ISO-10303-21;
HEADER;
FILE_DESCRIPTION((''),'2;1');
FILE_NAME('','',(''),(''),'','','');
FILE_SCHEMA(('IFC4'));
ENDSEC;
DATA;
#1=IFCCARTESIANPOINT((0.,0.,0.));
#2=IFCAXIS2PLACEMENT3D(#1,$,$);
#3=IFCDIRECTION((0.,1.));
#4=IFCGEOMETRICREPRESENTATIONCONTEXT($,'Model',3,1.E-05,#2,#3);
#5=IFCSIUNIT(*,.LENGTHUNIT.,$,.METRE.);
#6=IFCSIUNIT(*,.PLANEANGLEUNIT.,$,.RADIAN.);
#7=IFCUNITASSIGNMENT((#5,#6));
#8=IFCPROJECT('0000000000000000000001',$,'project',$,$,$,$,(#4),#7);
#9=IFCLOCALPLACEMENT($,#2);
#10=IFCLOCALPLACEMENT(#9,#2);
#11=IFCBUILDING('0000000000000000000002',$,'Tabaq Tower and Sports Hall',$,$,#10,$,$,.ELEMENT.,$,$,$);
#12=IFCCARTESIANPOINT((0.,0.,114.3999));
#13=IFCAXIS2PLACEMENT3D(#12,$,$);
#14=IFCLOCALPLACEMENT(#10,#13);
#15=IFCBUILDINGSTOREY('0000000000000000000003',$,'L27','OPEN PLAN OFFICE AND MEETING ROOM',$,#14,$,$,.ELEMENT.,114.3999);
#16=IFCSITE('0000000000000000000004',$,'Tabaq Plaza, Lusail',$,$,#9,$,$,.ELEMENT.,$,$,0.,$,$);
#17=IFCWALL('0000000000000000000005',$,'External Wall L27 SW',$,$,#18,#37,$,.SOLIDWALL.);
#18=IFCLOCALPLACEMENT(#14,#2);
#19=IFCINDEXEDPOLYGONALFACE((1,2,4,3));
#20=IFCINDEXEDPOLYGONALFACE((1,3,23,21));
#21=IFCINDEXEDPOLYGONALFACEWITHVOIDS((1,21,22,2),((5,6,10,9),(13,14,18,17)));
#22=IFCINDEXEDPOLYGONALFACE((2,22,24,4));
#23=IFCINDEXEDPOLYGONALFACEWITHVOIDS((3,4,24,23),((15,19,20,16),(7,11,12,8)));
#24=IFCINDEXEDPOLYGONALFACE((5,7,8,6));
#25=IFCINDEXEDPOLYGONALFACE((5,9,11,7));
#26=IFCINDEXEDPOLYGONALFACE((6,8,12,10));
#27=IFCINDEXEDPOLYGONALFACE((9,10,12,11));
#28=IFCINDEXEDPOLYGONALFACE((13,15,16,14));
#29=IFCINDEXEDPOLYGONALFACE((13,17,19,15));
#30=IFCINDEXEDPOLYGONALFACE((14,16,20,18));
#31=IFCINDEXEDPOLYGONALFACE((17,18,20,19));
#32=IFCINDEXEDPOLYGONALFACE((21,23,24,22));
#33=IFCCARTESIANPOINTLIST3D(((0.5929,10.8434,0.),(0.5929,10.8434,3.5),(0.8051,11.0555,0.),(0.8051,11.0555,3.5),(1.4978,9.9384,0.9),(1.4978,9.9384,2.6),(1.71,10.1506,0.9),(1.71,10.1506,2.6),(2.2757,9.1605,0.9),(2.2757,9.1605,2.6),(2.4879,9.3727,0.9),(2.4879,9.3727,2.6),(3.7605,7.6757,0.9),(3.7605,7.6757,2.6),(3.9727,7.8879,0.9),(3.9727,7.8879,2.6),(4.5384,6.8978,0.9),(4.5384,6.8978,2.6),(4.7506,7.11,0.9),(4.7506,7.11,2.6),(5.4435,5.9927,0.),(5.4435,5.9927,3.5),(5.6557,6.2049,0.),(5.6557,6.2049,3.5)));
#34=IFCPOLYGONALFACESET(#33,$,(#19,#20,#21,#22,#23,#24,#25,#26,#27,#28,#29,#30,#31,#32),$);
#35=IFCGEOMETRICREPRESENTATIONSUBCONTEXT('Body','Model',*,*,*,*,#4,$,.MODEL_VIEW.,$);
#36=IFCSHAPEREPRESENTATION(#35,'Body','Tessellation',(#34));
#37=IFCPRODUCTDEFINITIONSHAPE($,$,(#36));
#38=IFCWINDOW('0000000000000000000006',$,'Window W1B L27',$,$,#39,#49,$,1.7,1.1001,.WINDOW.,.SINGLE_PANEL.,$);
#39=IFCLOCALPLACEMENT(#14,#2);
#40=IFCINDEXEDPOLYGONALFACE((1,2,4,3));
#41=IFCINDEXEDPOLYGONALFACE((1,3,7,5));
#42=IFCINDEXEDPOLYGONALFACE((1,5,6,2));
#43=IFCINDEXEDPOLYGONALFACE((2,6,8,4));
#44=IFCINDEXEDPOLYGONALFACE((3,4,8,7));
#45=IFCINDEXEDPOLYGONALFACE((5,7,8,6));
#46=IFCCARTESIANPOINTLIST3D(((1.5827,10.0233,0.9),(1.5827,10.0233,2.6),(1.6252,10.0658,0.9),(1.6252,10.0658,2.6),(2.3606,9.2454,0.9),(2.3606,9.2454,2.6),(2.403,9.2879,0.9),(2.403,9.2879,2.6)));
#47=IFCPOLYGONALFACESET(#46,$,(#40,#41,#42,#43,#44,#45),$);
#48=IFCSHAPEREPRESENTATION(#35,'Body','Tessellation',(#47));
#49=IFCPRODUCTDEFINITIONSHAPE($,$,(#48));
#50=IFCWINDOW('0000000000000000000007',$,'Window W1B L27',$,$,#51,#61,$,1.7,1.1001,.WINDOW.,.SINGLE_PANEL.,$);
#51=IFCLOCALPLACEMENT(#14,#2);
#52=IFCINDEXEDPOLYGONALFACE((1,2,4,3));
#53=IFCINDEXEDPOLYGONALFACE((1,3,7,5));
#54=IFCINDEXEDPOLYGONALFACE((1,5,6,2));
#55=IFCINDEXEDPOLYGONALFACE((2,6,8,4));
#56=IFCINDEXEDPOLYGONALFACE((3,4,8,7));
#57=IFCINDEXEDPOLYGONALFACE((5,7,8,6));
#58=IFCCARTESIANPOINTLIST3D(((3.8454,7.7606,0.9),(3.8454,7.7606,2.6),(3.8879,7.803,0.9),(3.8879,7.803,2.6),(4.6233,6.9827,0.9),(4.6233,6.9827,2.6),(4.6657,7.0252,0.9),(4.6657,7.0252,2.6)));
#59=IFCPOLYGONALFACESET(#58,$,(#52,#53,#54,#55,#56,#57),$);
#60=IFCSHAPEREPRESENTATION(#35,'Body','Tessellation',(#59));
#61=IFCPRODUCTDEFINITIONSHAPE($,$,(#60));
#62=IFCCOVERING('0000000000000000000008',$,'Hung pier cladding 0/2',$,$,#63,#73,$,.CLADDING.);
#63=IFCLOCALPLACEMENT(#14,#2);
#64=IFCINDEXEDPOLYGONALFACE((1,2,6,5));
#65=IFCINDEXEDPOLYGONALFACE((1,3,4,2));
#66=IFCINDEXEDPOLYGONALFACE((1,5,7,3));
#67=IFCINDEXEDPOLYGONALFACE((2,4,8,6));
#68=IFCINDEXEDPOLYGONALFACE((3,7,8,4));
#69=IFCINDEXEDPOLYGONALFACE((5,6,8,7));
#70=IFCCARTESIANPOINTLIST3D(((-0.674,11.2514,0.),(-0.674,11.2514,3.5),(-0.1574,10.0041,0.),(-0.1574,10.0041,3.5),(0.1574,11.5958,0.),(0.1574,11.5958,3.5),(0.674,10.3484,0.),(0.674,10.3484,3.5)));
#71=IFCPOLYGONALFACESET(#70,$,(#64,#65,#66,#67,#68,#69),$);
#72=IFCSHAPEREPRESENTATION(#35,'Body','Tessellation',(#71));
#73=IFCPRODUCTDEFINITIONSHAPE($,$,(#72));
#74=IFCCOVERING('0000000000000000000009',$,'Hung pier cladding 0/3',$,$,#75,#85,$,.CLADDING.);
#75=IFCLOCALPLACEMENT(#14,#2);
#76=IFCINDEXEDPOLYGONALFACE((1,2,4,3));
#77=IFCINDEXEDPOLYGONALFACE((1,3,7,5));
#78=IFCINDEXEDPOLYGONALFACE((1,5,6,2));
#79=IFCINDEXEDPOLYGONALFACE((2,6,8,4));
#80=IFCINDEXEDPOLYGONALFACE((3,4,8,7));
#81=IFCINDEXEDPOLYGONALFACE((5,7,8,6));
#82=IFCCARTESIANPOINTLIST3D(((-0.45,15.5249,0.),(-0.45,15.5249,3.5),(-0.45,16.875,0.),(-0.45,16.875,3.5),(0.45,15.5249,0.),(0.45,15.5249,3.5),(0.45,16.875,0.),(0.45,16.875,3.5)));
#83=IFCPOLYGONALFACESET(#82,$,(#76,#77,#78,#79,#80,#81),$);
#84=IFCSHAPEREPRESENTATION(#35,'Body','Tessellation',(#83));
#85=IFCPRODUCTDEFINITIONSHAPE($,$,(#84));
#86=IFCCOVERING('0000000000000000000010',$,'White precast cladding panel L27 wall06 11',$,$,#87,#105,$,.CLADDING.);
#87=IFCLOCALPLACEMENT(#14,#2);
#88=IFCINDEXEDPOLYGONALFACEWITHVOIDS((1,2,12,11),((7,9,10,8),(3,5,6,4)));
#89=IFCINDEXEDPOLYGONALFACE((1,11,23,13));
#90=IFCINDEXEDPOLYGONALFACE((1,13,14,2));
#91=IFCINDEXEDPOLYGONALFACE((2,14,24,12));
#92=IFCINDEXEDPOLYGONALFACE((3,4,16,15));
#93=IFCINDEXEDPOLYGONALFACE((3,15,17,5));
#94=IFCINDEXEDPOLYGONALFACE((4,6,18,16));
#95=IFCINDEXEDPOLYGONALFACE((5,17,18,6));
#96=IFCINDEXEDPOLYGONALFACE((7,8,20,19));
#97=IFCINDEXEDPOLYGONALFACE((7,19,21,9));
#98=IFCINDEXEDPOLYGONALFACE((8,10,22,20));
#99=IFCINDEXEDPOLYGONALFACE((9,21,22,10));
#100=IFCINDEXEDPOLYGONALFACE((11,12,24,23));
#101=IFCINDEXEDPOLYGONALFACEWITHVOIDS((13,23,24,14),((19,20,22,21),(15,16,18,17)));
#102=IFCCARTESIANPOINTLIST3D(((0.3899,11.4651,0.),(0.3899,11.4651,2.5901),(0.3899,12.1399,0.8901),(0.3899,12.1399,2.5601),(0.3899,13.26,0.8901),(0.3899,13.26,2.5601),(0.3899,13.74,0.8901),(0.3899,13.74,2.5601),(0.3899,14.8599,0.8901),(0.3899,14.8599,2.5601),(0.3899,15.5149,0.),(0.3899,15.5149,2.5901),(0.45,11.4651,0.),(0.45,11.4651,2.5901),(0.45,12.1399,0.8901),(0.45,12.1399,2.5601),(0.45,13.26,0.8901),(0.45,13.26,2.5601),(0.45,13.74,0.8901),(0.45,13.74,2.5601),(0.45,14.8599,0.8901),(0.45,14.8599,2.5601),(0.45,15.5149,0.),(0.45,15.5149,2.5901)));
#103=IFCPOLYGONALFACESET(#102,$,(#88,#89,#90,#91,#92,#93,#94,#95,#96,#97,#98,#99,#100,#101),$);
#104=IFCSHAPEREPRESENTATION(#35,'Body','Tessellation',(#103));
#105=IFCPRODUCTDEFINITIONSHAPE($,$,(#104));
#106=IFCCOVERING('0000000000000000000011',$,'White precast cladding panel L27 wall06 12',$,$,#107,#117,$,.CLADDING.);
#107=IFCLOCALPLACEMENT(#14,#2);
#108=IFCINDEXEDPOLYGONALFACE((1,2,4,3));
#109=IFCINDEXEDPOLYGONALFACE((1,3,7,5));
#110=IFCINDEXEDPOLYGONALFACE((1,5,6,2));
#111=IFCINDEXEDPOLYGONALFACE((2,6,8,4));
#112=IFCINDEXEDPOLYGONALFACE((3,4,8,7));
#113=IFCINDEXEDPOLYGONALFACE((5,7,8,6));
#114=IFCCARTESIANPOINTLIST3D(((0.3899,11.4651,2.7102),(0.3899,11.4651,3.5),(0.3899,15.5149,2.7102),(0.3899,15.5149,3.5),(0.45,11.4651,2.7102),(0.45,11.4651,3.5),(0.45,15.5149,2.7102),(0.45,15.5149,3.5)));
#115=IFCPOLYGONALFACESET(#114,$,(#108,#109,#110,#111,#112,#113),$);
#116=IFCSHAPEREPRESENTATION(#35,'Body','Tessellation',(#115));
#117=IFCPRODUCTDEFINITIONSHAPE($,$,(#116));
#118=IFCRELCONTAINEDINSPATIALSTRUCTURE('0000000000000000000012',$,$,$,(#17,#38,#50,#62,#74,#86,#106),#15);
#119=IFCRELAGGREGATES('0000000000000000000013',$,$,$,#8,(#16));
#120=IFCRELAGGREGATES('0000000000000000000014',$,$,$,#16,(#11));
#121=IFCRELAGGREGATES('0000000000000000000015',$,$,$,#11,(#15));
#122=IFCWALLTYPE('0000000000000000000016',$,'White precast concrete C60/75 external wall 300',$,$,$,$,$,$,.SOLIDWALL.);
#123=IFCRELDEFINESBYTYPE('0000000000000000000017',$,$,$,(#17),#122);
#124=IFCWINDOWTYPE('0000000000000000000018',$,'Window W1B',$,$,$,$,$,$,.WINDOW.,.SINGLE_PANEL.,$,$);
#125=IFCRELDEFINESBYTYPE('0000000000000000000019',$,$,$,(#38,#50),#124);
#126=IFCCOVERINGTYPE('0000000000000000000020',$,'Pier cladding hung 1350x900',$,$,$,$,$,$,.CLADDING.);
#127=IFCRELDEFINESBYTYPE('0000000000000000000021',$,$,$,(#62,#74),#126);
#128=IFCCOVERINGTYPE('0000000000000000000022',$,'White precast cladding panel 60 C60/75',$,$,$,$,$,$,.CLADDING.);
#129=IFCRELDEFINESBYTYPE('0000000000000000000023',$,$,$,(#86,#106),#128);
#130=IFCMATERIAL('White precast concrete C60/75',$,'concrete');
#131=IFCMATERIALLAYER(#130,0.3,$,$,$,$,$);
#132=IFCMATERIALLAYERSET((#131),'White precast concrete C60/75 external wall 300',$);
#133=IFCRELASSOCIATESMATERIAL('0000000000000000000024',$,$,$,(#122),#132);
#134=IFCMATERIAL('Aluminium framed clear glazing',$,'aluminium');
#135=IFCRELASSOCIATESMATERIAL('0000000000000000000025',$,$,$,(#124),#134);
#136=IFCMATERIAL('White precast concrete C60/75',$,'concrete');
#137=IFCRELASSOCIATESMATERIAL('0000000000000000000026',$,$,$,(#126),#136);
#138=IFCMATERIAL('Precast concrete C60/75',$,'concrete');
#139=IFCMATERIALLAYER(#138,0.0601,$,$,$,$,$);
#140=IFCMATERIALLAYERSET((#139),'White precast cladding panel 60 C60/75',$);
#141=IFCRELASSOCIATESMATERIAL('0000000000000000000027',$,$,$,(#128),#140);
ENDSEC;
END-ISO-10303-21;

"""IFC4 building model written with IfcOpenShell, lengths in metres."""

from ifc_helpers import new_model, si_unit, direction, frame, frame_2d, origin, place, context, subcontext, project, spatial, polyline, rectangle, outline, extrude, material, layer, layer_set, type_object, element, fill, save


model = new_model("IFC4")

# Units and contexts
model_context = context("Model", 3, precision=1e-05, world=origin(), true_north=direction((0.0, 1.0)))
body_context = subcontext(model_context, "Body", "Model", "MODEL_VIEW")
ifc_project = project(units=[si_unit("LENGTHUNIT", "METRE"), si_unit("PLANEANGLEUNIT", "RADIAN")], contexts=[model_context])

# Site, building, storey
site_placement = place(None, origin())
site = spatial("IfcSite", under=ifc_project, at=site_placement, Name="Tabaq Plaza, Lusail", CompositionType="ELEMENT", RefElevation=0.0)
building_placement = place(site_placement, origin())
building = spatial("IfcBuilding", under=site, at=building_placement, Name="Tabaq Tower and Sports Hall", CompositionType="ELEMENT")
storey_placement = place(building_placement, frame((0.0, 0.0, 114.3999)))
storey = spatial("IfcBuildingStorey", under=building, at=storey_placement, Name="L27", Description="OPEN PLAN OFFICE AND MEETING ROOM", CompositionType="ELEMENT", Elevation=114.3999)

# Wall, openings, windows
ifc_material_1 = material(Name="White precast concrete C60/75", Category="concrete")
ifc_layer_1 = layer(ifc_material_1, 0.3)
ifc_layer_set_1 = layer_set([ifc_layer_1], Name="White precast concrete C60/75 external wall 300")
wall_type_1 = type_object("IfcWallType", Name="White precast concrete C60/75 external wall 300", PredefinedType="SOLIDWALL", material=ifc_layer_set_1)
wall_1_placement = place(storey_placement, frame((0.699, 10.9495, 0.0), z_axis=(0.0, 0.0, 1.0), x_axis=(0.707107, -0.707107, 0.0)))
wall_1 = element("IfcWall", 1, at=wall_1_placement, inside=storey, type_object=wall_type_1, Name="External Wall L27 SW", PredefinedType="SOLIDWALL", context=body_context, shape_type="SweptSolid", body=[
    extrude(rectangle(XDim=6.8599, YDim=0.3, at=frame_2d((3.4299, 0.0))), origin(), (0.0, 0.0, 1.0), 3.5),
])
opening_1_placement = place(wall_1_placement, frame((1.2798, 0.0, 0.8999)))
opening_1 = element("IfcOpeningElement", 2, at=opening_1_placement, cuts=wall_1, PredefinedType="OPENING", context=body_context, shape_type="SweptSolid", body=[
    extrude(rectangle(XDim=1.1001, YDim=1.7, at=frame_2d((0.55, 0.8501))), frame((0.0, 0.1602, 0.0), z_axis=(0.0, -1.0, 0.0), x_axis=(1.0, 0.0, 0.0)), (0.0, 0.0, 1.0), 0.3201),
])
opening_2_placement = place(wall_1_placement, frame((4.4797, 0.0, 0.8999)))
opening_2 = element("IfcOpeningElement", 3, at=opening_2_placement, cuts=wall_1, PredefinedType="OPENING", context=body_context, shape_type="SweptSolid", body=[
    extrude(rectangle(XDim=1.1001, YDim=1.7, at=frame_2d((0.55, 0.8501))), frame((0.0, 0.1602, 0.0), z_axis=(0.0, -1.0, 0.0), x_axis=(1.0, 0.0, 0.0)), (0.0, 0.0, 1.0), 0.3201),
])
ifc_material_2 = material(Name="Aluminium framed clear glazing", Category="aluminium")
window_type = type_object("IfcWindowType", Name="Window W1B", PartitioningType="SINGLE_PANEL", PredefinedType="WINDOW", material=ifc_material_2)
window_1_placement = place(opening_1_placement, origin())
window_1 = element("IfcWindow", 4, at=window_1_placement, inside=storey, type_object=window_type, Name="Window W1B L27", OverallHeight=1.7, OverallWidth=1.1001, PartitioningType="SINGLE_PANEL", PredefinedType="WINDOW", context=body_context, shape_type="SweptSolid", body=[
    extrude(rectangle(XDim=1.1001, YDim=1.7, at=frame_2d((0.55, 0.8501))), frame((0.0, 0.03, 0.0), z_axis=(0.0, -1.0, 0.0), x_axis=(1.0, 0.0, 0.0)), (0.0, 0.0, 1.0), 0.0601),
])
fill(opening_1, window_1)
window_2_placement = place(opening_2_placement, origin())
window_2 = element("IfcWindow", 5, at=window_2_placement, inside=storey, type_object=window_type, Name="Window W1B L27", OverallHeight=1.7, OverallWidth=1.1001, PartitioningType="SINGLE_PANEL", PredefinedType="WINDOW", context=body_context, shape_type="SweptSolid", body=[
    extrude(rectangle(XDim=1.1001, YDim=1.7, at=frame_2d((0.55, 0.8501))), frame((0.0, 0.03, 0.0), z_axis=(0.0, -1.0, 0.0), x_axis=(1.0, 0.0, 0.0)), (0.0, 0.0, 1.0), 0.0601),
])
fill(opening_2, window_2)

# Coverings
ifc_material_3 = material(Name="White precast concrete C60/75", Category="concrete")
covering_type_1 = type_object("IfcCoveringType", Name="Pier cladding hung 1350x900", PredefinedType="CLADDING", material=ifc_material_3)
for number, where, z_axis, x_axis, name in (
    (6, (-0.2583, 11.4236, 0.0), (0.0, 0.0, 1.0), (0.38265, -0.923893, 0.0), "Hung pier cladding 0/2"),
    (7, (0.0, 16.875, 0.0), (0.0, 0.0, 1.0), (0.0, -1.0, 0.0), "Hung pier cladding 0/3"),
):
    element("IfcCovering", number, at=place(storey_placement, frame(where, z_axis=z_axis, x_axis=x_axis)), inside=storey, type_object=covering_type_1, Name=name, PredefinedType="CLADDING", context=body_context, shape_type="SweptSolid", body=[
        extrude(rectangle(XDim=1.3501, YDim=0.8999, at=frame_2d((0.675, 0.0))), origin(), (0.0, 0.0, 1.0), 3.5),
    ])
ifc_material_4 = material(Name="Precast concrete C60/75", Category="concrete")
ifc_layer_2 = layer(ifc_material_4, 0.0601)
ifc_layer_set_2 = layer_set([ifc_layer_2], Name="White precast cladding panel 60 C60/75")
covering_type_2 = type_object("IfcCoveringType", Name="White precast cladding panel 60 C60/75", PredefinedType="CLADDING", material=ifc_layer_set_2)
covering_1_placement = place(storey_placement, frame((0.4199, 15.5149, 0.0), z_axis=(0.0, 0.0, 1.0), x_axis=(0.0, -1.0, 0.0)))
element("IfcCovering", 8, at=covering_1_placement, inside=storey, type_object=covering_type_2, Name="White precast cladding panel L27 wall06 11", PredefinedType="CLADDING", context=body_context, shape_type="SweptSolid", body=[
    extrude(outline(polyline([(0.0, 0.0), (4.0498, 0.0), (4.0498, 2.5901), (0.0, 2.5901), (0.0, 0.0)]), holes=[polyline([(0.655, 0.8901), (0.655, 2.5601), (1.7749, 2.5601), (1.7749, 0.8901), (0.655, 0.8901)]), polyline([(2.2549, 0.8901), (2.2549, 2.5601), (3.375, 2.5601), (3.375, 0.8901), (2.2549, 0.8901)])]), frame((0.0, 0.03, 0.0), z_axis=(0.0, -1.0, 0.0), x_axis=(1.0, 0.0, 0.0)), (0.0, 0.0, 1.0), 0.0601),
])
covering_2_placement = place(storey_placement, frame((0.4199, 15.5149, 2.7102), z_axis=(0.0, 0.0, 1.0), x_axis=(0.0, -1.0, 0.0)))
element("IfcCovering", 9, at=covering_2_placement, inside=storey, type_object=covering_type_2, Name="White precast cladding panel L27 wall06 12", PredefinedType="CLADDING", context=body_context, shape_type="SweptSolid", body=[
    extrude(rectangle(XDim=4.0498, YDim=0.0601, at=frame_2d((2.0249, 0.0))), origin(), (0.0, 0.0, 1.0), 0.7898),
])

save(model, "model.ifc")
